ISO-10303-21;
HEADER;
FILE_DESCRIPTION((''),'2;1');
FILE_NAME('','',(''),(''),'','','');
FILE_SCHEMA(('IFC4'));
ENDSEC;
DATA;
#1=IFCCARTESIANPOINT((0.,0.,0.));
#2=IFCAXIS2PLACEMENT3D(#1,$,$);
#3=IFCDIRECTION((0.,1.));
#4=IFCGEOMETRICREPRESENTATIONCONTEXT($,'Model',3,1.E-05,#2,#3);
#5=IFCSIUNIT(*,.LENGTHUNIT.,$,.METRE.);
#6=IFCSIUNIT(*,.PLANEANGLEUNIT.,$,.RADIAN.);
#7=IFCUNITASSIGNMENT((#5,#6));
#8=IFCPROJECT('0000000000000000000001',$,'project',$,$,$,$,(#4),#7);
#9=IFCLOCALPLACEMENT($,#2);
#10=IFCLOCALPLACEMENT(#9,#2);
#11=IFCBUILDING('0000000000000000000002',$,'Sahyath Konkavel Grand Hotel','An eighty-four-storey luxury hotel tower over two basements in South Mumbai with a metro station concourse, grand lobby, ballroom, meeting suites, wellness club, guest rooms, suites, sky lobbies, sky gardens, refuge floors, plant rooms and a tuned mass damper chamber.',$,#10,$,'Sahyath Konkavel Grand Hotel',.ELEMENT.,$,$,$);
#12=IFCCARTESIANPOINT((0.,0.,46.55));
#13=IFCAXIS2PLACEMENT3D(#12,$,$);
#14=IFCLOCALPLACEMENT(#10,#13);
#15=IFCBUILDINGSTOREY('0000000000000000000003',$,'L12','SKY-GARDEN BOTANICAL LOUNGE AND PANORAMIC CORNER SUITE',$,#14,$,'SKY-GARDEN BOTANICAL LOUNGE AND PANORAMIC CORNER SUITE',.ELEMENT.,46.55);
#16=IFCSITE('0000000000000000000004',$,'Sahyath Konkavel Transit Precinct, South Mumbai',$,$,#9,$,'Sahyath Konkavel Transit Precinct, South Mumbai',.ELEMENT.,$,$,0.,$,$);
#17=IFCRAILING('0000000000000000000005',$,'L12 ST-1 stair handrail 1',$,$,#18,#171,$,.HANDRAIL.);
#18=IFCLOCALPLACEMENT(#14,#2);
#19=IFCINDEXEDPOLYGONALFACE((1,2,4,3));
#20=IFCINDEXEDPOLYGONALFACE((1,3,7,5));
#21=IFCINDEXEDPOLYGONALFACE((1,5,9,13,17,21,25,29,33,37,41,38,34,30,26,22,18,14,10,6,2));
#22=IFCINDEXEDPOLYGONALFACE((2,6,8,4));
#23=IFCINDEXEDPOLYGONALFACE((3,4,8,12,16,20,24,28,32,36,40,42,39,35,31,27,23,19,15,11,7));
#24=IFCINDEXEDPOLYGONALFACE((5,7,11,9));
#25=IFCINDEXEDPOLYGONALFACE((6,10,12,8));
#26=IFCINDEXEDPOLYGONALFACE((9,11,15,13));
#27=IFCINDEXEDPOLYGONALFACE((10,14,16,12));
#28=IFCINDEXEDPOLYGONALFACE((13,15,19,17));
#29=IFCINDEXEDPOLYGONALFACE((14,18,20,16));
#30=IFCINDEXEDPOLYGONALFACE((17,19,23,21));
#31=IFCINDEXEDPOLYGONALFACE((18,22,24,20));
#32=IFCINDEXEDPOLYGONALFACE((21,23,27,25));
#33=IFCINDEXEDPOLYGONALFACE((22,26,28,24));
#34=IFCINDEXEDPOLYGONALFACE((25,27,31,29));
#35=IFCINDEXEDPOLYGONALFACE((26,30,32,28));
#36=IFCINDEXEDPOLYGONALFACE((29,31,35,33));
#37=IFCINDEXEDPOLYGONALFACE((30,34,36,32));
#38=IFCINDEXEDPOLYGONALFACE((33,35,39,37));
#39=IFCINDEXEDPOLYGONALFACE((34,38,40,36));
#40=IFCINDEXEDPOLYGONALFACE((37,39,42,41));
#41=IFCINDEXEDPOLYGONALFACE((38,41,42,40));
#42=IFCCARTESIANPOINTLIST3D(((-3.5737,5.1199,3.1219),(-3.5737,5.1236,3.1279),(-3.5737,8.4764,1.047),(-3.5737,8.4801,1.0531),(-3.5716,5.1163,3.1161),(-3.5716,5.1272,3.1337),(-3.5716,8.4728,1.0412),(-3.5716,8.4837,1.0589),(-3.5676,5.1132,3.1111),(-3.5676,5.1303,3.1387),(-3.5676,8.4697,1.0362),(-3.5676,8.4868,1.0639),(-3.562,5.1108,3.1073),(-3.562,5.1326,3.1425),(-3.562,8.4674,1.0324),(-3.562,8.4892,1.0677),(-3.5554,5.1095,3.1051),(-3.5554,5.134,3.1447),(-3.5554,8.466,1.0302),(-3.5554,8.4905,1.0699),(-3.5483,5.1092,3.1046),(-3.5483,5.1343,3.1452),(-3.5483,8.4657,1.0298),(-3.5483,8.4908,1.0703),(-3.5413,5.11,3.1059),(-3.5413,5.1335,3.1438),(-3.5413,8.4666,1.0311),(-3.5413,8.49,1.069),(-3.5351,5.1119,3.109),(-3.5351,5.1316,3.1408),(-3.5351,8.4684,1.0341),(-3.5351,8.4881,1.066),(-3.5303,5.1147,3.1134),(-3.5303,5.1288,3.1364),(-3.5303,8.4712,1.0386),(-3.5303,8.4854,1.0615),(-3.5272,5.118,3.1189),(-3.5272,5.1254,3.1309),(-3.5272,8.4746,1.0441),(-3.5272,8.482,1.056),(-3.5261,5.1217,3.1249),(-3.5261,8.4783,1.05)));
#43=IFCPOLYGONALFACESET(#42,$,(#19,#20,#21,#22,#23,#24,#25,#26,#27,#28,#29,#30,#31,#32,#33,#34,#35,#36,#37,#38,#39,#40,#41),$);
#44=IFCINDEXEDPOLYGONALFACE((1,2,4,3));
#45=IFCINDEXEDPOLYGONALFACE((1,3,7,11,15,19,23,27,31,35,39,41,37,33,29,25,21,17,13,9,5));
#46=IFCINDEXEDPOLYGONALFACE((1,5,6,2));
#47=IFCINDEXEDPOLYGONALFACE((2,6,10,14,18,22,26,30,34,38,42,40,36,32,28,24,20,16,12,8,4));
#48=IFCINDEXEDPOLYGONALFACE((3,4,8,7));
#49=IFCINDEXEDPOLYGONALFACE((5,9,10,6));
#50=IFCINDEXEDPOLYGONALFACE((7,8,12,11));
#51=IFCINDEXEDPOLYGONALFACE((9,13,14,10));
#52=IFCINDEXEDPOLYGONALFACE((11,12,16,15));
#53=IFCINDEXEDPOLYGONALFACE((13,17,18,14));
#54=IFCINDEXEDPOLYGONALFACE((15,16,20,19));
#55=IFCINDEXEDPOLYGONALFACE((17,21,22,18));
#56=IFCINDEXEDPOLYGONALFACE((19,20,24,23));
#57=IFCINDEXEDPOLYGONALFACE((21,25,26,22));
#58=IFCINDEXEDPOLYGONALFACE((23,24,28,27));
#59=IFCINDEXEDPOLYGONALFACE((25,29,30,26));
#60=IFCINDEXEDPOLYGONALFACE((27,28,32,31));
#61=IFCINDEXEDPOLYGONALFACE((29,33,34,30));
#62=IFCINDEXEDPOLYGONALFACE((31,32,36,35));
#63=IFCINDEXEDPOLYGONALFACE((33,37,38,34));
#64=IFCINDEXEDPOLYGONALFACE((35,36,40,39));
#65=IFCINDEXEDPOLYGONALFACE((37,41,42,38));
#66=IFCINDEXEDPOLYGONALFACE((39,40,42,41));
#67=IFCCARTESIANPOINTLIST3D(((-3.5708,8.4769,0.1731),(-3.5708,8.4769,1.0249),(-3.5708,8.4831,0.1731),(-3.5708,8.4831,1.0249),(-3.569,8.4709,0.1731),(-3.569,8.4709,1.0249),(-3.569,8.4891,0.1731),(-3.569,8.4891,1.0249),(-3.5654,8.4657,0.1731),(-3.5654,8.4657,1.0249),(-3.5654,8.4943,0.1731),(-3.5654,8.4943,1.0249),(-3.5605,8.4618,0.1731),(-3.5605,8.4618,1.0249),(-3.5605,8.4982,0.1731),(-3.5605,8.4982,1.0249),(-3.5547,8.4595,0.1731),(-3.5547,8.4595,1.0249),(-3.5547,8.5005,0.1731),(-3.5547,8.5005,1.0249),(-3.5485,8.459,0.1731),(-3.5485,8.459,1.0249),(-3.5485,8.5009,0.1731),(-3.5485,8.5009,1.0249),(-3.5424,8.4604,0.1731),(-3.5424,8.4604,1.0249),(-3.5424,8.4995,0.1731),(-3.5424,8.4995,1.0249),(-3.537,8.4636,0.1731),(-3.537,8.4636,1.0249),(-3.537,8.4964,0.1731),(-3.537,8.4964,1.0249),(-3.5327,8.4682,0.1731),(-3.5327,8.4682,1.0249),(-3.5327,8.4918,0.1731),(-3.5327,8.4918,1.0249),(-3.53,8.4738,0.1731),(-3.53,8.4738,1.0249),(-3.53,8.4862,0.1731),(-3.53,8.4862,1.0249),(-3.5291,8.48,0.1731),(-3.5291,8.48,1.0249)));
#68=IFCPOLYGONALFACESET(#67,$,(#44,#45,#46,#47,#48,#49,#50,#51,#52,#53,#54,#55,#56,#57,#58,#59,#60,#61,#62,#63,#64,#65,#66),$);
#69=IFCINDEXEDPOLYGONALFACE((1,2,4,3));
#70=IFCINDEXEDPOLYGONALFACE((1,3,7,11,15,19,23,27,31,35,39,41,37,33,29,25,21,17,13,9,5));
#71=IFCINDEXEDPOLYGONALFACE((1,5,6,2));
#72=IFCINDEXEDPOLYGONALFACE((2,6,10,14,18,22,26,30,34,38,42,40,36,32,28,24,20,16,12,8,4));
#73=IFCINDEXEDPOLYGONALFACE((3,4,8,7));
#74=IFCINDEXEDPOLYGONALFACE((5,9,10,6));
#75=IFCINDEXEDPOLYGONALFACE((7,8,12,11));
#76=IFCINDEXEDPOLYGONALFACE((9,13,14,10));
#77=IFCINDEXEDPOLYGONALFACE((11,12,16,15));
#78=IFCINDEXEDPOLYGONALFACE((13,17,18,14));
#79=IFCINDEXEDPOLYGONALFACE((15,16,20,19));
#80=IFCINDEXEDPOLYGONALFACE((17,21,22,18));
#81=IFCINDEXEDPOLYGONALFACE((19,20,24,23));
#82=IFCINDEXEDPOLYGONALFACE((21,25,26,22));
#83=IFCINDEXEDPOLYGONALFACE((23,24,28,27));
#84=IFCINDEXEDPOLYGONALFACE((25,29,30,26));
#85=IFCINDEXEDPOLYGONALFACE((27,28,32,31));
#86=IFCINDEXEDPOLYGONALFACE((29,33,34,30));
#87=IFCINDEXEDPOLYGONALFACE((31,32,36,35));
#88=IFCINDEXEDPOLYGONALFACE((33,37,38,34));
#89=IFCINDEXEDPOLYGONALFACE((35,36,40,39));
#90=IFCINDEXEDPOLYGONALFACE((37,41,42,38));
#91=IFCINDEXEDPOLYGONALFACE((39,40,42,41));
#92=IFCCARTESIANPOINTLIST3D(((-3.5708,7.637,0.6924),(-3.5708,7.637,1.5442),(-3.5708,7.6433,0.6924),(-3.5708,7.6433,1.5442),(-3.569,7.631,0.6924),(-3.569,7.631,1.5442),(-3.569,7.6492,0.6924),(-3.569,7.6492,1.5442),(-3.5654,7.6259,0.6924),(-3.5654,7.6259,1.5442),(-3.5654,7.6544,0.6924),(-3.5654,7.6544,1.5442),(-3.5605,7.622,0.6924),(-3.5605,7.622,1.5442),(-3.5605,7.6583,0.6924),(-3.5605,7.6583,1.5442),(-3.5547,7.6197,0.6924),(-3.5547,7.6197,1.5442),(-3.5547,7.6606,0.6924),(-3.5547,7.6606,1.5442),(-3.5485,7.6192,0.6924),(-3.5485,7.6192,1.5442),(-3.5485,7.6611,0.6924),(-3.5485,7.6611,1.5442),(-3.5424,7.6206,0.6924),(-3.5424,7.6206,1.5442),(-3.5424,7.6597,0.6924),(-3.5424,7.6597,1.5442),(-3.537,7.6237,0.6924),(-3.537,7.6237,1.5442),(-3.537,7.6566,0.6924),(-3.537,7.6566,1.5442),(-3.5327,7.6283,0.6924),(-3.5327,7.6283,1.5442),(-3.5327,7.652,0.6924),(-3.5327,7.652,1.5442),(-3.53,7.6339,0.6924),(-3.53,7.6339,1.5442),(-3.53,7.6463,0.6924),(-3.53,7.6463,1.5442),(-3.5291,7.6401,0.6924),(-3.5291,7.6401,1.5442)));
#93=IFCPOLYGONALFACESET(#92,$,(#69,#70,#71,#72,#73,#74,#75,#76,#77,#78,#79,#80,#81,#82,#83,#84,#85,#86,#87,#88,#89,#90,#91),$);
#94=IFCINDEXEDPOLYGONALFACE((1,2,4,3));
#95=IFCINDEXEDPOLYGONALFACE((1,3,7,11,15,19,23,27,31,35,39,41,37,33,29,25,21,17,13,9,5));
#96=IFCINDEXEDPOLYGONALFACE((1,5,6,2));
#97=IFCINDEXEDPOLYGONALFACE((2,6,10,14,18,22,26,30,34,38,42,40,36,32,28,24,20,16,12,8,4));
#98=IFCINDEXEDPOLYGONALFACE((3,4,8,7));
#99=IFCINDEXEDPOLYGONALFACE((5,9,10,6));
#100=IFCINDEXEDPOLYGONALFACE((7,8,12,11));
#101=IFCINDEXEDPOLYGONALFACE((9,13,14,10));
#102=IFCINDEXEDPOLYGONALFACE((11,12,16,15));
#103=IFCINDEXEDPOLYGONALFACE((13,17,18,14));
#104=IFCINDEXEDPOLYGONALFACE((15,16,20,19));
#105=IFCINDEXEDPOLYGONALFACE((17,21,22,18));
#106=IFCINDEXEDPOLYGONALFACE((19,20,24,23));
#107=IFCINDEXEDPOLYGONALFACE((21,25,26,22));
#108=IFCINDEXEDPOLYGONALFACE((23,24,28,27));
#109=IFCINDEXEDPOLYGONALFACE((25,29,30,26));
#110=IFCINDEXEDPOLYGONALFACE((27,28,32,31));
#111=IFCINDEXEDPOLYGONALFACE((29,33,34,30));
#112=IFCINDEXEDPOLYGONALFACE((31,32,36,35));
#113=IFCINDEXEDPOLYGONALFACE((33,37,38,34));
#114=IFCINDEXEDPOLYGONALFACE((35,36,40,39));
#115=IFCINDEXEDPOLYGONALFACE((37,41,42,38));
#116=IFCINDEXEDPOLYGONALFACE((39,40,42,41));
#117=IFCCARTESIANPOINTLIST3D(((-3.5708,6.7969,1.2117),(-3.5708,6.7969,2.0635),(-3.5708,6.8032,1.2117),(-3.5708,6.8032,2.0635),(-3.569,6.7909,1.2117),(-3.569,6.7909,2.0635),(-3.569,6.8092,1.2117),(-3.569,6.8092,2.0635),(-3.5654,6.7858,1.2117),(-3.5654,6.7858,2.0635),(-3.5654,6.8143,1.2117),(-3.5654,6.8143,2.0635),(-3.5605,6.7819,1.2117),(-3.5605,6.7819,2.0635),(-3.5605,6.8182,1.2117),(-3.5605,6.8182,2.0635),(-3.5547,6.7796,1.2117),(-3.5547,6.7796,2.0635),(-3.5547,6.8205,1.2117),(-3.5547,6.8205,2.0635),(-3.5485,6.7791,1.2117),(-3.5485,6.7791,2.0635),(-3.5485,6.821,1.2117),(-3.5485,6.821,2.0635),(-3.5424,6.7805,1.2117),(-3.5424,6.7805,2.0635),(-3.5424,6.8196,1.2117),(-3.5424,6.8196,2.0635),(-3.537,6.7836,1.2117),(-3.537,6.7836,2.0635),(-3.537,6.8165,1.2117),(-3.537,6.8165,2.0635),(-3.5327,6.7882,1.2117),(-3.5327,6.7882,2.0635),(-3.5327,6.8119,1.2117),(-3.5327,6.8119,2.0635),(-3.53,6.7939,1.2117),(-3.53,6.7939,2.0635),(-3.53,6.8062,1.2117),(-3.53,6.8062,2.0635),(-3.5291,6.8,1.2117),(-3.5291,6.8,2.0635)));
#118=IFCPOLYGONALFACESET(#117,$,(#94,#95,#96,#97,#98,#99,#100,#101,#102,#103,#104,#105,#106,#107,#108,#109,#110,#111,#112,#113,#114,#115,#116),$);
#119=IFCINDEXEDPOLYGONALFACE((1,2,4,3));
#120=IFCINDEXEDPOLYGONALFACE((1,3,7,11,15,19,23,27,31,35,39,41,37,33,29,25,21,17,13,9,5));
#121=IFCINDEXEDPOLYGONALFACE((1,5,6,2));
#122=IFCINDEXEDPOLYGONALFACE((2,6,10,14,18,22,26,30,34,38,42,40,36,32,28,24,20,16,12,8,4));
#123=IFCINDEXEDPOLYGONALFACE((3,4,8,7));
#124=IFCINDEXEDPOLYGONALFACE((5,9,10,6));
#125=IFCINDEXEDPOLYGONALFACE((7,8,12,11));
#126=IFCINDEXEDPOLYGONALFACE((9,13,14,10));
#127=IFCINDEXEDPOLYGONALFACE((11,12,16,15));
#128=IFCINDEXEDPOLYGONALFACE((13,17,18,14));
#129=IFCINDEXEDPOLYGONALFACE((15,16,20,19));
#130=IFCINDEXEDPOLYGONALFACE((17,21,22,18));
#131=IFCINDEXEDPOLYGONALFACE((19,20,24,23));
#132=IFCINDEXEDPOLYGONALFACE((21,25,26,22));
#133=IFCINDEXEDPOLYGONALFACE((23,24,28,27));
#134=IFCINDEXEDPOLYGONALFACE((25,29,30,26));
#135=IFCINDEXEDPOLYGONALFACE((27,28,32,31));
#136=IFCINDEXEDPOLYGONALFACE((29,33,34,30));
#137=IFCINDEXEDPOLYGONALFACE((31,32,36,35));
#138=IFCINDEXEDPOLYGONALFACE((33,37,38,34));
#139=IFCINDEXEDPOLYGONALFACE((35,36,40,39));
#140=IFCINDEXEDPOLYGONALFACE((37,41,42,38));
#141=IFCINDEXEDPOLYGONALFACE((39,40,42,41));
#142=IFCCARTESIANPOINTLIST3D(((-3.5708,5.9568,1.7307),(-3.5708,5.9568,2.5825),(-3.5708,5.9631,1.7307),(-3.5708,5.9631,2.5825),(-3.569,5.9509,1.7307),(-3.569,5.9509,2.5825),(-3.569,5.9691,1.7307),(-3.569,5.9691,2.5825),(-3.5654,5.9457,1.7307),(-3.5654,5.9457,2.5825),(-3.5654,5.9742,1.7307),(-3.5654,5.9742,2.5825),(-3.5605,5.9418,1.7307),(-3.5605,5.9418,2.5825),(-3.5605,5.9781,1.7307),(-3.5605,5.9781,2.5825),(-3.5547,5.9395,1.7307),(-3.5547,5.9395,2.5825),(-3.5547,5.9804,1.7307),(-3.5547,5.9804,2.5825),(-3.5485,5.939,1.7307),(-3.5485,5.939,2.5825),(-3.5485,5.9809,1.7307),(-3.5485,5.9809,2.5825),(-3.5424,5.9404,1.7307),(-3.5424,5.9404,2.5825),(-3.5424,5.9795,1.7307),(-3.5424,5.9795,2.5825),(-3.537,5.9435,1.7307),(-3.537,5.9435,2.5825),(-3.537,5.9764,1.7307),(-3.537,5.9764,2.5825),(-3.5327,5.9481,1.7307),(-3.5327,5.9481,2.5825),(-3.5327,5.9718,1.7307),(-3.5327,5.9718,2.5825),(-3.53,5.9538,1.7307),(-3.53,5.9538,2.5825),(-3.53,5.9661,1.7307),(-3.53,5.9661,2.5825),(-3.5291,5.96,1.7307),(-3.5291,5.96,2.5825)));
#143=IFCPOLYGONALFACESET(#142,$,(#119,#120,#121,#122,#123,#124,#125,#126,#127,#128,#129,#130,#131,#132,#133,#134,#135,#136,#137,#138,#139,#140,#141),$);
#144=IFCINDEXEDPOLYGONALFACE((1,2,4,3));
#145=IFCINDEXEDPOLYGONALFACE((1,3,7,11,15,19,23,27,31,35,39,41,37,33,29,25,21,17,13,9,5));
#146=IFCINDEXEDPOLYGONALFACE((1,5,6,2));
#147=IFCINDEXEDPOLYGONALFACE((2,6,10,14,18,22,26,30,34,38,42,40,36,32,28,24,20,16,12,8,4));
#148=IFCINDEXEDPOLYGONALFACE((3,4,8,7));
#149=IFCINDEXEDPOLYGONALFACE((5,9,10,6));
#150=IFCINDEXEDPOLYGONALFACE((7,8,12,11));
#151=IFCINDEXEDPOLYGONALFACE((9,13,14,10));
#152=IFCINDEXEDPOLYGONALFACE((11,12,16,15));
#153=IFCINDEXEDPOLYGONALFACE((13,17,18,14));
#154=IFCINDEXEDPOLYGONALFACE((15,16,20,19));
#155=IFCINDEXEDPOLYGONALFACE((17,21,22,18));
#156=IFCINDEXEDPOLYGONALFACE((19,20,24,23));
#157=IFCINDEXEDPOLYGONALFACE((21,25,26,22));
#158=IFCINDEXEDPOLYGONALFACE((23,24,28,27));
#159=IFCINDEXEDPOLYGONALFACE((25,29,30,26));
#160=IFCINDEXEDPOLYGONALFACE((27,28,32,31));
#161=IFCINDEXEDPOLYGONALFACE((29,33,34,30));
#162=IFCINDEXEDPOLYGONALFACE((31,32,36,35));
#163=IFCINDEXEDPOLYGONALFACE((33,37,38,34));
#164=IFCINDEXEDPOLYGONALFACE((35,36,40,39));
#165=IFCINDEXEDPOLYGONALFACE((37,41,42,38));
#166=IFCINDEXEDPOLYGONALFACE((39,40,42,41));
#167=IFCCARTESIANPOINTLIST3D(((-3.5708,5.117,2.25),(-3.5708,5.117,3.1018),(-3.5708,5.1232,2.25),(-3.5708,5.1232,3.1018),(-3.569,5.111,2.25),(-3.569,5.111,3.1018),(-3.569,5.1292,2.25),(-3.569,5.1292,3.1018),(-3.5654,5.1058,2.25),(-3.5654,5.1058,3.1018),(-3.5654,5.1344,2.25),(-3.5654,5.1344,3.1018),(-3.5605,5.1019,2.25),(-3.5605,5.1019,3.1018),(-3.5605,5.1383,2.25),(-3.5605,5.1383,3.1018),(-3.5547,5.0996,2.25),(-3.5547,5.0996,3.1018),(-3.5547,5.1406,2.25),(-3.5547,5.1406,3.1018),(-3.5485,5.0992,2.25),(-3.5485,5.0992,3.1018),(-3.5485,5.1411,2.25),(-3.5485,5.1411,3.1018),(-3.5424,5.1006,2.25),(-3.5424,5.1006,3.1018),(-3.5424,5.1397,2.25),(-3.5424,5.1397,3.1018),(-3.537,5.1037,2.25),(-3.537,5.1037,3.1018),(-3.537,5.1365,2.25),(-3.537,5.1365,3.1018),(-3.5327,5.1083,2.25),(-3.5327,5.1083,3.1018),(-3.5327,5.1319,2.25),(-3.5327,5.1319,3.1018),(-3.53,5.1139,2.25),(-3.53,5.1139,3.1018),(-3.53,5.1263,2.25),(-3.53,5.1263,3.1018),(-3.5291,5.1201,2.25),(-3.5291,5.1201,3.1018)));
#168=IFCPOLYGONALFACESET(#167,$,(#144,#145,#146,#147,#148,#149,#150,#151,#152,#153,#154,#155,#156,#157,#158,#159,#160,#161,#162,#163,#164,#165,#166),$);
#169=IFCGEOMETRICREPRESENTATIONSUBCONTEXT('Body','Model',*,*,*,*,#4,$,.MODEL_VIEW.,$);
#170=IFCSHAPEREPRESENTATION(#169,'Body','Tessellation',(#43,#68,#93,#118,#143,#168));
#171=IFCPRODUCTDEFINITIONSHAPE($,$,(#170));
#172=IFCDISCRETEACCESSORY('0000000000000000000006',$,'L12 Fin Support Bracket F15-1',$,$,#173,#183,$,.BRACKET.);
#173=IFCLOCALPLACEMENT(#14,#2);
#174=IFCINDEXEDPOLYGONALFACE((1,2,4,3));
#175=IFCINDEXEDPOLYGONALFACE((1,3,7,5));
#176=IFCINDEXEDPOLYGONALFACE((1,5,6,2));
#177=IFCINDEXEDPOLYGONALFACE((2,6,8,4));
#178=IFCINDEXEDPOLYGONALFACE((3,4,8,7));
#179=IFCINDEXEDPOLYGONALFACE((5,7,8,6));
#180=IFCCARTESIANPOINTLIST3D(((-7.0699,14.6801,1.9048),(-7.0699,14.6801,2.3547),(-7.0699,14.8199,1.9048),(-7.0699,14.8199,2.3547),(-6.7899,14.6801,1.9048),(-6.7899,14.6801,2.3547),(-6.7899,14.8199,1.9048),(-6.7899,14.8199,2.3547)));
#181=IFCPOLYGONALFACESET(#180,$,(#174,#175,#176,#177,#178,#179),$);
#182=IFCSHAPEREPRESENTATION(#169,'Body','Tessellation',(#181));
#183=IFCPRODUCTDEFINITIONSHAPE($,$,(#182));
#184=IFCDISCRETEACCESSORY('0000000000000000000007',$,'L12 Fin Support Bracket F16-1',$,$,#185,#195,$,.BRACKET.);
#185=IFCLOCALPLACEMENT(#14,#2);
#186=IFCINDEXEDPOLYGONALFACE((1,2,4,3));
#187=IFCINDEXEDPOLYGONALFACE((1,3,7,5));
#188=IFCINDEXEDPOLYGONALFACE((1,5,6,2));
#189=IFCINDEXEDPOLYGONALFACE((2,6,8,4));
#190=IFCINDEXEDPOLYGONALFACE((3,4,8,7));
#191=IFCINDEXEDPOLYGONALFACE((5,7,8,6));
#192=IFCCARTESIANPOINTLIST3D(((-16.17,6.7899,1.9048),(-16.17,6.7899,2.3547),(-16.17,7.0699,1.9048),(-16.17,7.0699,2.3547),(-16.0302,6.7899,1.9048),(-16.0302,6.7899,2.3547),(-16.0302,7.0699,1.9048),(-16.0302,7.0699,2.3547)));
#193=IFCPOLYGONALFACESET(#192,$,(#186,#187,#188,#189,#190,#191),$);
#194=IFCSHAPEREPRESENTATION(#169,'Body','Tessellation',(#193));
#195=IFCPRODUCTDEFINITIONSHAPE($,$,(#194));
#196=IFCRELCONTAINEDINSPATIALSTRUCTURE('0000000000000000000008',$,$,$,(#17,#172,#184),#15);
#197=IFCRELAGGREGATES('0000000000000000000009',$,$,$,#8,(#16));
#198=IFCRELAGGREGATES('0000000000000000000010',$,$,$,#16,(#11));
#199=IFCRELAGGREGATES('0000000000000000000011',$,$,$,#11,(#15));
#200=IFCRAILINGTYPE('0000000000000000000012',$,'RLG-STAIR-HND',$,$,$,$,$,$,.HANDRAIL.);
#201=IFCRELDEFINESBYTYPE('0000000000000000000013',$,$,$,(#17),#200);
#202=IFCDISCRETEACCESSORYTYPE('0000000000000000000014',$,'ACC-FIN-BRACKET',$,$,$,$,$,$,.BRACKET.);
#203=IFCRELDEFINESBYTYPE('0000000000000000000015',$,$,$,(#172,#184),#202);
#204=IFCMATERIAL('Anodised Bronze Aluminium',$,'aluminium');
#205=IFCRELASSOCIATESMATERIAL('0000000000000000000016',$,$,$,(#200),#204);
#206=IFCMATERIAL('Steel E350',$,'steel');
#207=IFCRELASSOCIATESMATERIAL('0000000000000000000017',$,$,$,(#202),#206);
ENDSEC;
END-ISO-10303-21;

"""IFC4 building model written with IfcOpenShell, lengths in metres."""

from ifc_helpers import new_model, si_unit, direction, frame, origin, origin_2d, place, context, subcontext, project, spatial, rectangle, circle, extrude, source, transform, mapped, material, type_object, element, save


model = new_model("IFC4")

# Units and contexts
model_context = context("Model", 3, precision=1e-05, world=origin(), true_north=direction((0.0, 1.0)))
body_context = subcontext(model_context, "Body", "Model", "MODEL_VIEW")
ifc_project = project(units=[si_unit("LENGTHUNIT", "METRE"), si_unit("PLANEANGLEUNIT", "RADIAN")], contexts=[model_context])

# Site, building, storey
site_placement = place(None, origin())
site = spatial("IfcSite", under=ifc_project, at=site_placement, Name="Sahyath Konkavel Transit Precinct, South Mumbai", LongName="Sahyath Konkavel Transit Precinct, South Mumbai", CompositionType="ELEMENT", RefElevation=0.0)
building_placement = place(site_placement, origin())
building = spatial("IfcBuilding", under=site, at=building_placement, Name="Sahyath Konkavel Grand Hotel", Description="An eighty-four-storey luxury hotel tower over two basements in South Mumbai with a metro station concourse, grand lobby, ballroom, meeting suites, wellness club, guest rooms, suites, sky lobbies, sky gardens, refuge floors, plant rooms and a tuned mass damper chamber.", LongName="Sahyath Konkavel Grand Hotel", CompositionType="ELEMENT")
storey_placement = place(building_placement, frame((0.0, 0.0, 46.55)))
storey = spatial("IfcBuildingStorey", under=building, at=storey_placement, Name="L12", Description="SKY-GARDEN BOTANICAL LOUNGE AND PANORAMIC CORNER SUITE", LongName="SKY-GARDEN BOTANICAL LOUNGE AND PANORAMIC CORNER SUITE", CompositionType="ELEMENT", Elevation=46.55)

# Shared definitions
ifc_material_1 = material(Name="Steel E350", Category="steel")

# Shared definitions
ifc_material_2 = material(Name="Anodised Bronze Aluminium", Category="aluminium")

# Railing
railing_type_1 = type_object("IfcRailingType", Name="RLG-STAIR-HND", PredefinedType="HANDRAIL", material=ifc_material_2)
railing_1_placement = place(storey_placement, frame((-3.55, 8.48, 0.1731)))
element("IfcRailing", 1, at=railing_1_placement, inside=storey, type_object=railing_type_1, Name="L12 ST-1 stair handrail 1", PredefinedType="HANDRAIL", context=body_context, shape_type="SweptSolid", body=[
    extrude(circle(Radius=0.0239, at=origin_2d()), frame((0.0, -0.0017, 0.877), z_axis=(0.0, -0.850606, 0.525803), x_axis=(1.0, 0.0, 0.0)), (0.0, 0.0, 1.0), 3.946),
    extrude(circle(Radius=0.021, at=origin_2d()), origin(), (0.0, 0.0, 1.0), 0.8518),
    extrude(circle(Radius=0.021, at=origin_2d()), frame((0.0, -0.8398, 0.5193)), (0.0, 0.0, 1.0), 0.8518),
    extrude(circle(Radius=0.021, at=origin_2d()), frame((0.0, -1.6799, 1.0386)), (0.0, 0.0, 1.0), 0.8518),
    extrude(circle(Radius=0.021, at=origin_2d()), frame((0.0, -2.52, 1.5576)), (0.0, 0.0, 1.0), 0.8518),
    extrude(circle(Radius=0.021, at=origin_2d()), frame((0.0, -3.3599, 2.0769)), (0.0, 0.0, 1.0), 0.8518),
])

# Discrete accessories
discrete_accessory_type = type_object("IfcDiscreteAccessoryType", Name="ACC-FIN-BRACKET", PredefinedType="BRACKET", material=ifc_material_1)
shared_shape_1 = source(origin(), body_context, "Body", "SweptSolid", [
    extrude(rectangle(XDim=0.28, YDim=0.1399, at=origin_2d()), origin(), (0.0, 0.0, 1.0), 0.45),
])
for number, where, z_axis, x_axis, name in (
    (2, (-6.9299, 14.75, 1.9048), (0.0, 0.0, 1.0), (-1.0, 0.0, 0.0), "L12 Fin Support Bracket F15-1"),
    (3, (-16.1001, 6.9299, 1.9048), (0.0, 0.0, 1.0), (0.0, 1.0, 0.0), "L12 Fin Support Bracket F16-1"),
):
    element("IfcDiscreteAccessory", number, at=place(storey_placement, frame(where, z_axis=z_axis, x_axis=x_axis)), inside=storey, type_object=discrete_accessory_type, Name=name, PredefinedType="BRACKET", context=body_context, shape_type="MappedRepresentation", body=[
        mapped(shared_shape_1, transform((0.0, 0.0, 0.0), scale=1.0)),
    ])

save(model, "model.ifc")
